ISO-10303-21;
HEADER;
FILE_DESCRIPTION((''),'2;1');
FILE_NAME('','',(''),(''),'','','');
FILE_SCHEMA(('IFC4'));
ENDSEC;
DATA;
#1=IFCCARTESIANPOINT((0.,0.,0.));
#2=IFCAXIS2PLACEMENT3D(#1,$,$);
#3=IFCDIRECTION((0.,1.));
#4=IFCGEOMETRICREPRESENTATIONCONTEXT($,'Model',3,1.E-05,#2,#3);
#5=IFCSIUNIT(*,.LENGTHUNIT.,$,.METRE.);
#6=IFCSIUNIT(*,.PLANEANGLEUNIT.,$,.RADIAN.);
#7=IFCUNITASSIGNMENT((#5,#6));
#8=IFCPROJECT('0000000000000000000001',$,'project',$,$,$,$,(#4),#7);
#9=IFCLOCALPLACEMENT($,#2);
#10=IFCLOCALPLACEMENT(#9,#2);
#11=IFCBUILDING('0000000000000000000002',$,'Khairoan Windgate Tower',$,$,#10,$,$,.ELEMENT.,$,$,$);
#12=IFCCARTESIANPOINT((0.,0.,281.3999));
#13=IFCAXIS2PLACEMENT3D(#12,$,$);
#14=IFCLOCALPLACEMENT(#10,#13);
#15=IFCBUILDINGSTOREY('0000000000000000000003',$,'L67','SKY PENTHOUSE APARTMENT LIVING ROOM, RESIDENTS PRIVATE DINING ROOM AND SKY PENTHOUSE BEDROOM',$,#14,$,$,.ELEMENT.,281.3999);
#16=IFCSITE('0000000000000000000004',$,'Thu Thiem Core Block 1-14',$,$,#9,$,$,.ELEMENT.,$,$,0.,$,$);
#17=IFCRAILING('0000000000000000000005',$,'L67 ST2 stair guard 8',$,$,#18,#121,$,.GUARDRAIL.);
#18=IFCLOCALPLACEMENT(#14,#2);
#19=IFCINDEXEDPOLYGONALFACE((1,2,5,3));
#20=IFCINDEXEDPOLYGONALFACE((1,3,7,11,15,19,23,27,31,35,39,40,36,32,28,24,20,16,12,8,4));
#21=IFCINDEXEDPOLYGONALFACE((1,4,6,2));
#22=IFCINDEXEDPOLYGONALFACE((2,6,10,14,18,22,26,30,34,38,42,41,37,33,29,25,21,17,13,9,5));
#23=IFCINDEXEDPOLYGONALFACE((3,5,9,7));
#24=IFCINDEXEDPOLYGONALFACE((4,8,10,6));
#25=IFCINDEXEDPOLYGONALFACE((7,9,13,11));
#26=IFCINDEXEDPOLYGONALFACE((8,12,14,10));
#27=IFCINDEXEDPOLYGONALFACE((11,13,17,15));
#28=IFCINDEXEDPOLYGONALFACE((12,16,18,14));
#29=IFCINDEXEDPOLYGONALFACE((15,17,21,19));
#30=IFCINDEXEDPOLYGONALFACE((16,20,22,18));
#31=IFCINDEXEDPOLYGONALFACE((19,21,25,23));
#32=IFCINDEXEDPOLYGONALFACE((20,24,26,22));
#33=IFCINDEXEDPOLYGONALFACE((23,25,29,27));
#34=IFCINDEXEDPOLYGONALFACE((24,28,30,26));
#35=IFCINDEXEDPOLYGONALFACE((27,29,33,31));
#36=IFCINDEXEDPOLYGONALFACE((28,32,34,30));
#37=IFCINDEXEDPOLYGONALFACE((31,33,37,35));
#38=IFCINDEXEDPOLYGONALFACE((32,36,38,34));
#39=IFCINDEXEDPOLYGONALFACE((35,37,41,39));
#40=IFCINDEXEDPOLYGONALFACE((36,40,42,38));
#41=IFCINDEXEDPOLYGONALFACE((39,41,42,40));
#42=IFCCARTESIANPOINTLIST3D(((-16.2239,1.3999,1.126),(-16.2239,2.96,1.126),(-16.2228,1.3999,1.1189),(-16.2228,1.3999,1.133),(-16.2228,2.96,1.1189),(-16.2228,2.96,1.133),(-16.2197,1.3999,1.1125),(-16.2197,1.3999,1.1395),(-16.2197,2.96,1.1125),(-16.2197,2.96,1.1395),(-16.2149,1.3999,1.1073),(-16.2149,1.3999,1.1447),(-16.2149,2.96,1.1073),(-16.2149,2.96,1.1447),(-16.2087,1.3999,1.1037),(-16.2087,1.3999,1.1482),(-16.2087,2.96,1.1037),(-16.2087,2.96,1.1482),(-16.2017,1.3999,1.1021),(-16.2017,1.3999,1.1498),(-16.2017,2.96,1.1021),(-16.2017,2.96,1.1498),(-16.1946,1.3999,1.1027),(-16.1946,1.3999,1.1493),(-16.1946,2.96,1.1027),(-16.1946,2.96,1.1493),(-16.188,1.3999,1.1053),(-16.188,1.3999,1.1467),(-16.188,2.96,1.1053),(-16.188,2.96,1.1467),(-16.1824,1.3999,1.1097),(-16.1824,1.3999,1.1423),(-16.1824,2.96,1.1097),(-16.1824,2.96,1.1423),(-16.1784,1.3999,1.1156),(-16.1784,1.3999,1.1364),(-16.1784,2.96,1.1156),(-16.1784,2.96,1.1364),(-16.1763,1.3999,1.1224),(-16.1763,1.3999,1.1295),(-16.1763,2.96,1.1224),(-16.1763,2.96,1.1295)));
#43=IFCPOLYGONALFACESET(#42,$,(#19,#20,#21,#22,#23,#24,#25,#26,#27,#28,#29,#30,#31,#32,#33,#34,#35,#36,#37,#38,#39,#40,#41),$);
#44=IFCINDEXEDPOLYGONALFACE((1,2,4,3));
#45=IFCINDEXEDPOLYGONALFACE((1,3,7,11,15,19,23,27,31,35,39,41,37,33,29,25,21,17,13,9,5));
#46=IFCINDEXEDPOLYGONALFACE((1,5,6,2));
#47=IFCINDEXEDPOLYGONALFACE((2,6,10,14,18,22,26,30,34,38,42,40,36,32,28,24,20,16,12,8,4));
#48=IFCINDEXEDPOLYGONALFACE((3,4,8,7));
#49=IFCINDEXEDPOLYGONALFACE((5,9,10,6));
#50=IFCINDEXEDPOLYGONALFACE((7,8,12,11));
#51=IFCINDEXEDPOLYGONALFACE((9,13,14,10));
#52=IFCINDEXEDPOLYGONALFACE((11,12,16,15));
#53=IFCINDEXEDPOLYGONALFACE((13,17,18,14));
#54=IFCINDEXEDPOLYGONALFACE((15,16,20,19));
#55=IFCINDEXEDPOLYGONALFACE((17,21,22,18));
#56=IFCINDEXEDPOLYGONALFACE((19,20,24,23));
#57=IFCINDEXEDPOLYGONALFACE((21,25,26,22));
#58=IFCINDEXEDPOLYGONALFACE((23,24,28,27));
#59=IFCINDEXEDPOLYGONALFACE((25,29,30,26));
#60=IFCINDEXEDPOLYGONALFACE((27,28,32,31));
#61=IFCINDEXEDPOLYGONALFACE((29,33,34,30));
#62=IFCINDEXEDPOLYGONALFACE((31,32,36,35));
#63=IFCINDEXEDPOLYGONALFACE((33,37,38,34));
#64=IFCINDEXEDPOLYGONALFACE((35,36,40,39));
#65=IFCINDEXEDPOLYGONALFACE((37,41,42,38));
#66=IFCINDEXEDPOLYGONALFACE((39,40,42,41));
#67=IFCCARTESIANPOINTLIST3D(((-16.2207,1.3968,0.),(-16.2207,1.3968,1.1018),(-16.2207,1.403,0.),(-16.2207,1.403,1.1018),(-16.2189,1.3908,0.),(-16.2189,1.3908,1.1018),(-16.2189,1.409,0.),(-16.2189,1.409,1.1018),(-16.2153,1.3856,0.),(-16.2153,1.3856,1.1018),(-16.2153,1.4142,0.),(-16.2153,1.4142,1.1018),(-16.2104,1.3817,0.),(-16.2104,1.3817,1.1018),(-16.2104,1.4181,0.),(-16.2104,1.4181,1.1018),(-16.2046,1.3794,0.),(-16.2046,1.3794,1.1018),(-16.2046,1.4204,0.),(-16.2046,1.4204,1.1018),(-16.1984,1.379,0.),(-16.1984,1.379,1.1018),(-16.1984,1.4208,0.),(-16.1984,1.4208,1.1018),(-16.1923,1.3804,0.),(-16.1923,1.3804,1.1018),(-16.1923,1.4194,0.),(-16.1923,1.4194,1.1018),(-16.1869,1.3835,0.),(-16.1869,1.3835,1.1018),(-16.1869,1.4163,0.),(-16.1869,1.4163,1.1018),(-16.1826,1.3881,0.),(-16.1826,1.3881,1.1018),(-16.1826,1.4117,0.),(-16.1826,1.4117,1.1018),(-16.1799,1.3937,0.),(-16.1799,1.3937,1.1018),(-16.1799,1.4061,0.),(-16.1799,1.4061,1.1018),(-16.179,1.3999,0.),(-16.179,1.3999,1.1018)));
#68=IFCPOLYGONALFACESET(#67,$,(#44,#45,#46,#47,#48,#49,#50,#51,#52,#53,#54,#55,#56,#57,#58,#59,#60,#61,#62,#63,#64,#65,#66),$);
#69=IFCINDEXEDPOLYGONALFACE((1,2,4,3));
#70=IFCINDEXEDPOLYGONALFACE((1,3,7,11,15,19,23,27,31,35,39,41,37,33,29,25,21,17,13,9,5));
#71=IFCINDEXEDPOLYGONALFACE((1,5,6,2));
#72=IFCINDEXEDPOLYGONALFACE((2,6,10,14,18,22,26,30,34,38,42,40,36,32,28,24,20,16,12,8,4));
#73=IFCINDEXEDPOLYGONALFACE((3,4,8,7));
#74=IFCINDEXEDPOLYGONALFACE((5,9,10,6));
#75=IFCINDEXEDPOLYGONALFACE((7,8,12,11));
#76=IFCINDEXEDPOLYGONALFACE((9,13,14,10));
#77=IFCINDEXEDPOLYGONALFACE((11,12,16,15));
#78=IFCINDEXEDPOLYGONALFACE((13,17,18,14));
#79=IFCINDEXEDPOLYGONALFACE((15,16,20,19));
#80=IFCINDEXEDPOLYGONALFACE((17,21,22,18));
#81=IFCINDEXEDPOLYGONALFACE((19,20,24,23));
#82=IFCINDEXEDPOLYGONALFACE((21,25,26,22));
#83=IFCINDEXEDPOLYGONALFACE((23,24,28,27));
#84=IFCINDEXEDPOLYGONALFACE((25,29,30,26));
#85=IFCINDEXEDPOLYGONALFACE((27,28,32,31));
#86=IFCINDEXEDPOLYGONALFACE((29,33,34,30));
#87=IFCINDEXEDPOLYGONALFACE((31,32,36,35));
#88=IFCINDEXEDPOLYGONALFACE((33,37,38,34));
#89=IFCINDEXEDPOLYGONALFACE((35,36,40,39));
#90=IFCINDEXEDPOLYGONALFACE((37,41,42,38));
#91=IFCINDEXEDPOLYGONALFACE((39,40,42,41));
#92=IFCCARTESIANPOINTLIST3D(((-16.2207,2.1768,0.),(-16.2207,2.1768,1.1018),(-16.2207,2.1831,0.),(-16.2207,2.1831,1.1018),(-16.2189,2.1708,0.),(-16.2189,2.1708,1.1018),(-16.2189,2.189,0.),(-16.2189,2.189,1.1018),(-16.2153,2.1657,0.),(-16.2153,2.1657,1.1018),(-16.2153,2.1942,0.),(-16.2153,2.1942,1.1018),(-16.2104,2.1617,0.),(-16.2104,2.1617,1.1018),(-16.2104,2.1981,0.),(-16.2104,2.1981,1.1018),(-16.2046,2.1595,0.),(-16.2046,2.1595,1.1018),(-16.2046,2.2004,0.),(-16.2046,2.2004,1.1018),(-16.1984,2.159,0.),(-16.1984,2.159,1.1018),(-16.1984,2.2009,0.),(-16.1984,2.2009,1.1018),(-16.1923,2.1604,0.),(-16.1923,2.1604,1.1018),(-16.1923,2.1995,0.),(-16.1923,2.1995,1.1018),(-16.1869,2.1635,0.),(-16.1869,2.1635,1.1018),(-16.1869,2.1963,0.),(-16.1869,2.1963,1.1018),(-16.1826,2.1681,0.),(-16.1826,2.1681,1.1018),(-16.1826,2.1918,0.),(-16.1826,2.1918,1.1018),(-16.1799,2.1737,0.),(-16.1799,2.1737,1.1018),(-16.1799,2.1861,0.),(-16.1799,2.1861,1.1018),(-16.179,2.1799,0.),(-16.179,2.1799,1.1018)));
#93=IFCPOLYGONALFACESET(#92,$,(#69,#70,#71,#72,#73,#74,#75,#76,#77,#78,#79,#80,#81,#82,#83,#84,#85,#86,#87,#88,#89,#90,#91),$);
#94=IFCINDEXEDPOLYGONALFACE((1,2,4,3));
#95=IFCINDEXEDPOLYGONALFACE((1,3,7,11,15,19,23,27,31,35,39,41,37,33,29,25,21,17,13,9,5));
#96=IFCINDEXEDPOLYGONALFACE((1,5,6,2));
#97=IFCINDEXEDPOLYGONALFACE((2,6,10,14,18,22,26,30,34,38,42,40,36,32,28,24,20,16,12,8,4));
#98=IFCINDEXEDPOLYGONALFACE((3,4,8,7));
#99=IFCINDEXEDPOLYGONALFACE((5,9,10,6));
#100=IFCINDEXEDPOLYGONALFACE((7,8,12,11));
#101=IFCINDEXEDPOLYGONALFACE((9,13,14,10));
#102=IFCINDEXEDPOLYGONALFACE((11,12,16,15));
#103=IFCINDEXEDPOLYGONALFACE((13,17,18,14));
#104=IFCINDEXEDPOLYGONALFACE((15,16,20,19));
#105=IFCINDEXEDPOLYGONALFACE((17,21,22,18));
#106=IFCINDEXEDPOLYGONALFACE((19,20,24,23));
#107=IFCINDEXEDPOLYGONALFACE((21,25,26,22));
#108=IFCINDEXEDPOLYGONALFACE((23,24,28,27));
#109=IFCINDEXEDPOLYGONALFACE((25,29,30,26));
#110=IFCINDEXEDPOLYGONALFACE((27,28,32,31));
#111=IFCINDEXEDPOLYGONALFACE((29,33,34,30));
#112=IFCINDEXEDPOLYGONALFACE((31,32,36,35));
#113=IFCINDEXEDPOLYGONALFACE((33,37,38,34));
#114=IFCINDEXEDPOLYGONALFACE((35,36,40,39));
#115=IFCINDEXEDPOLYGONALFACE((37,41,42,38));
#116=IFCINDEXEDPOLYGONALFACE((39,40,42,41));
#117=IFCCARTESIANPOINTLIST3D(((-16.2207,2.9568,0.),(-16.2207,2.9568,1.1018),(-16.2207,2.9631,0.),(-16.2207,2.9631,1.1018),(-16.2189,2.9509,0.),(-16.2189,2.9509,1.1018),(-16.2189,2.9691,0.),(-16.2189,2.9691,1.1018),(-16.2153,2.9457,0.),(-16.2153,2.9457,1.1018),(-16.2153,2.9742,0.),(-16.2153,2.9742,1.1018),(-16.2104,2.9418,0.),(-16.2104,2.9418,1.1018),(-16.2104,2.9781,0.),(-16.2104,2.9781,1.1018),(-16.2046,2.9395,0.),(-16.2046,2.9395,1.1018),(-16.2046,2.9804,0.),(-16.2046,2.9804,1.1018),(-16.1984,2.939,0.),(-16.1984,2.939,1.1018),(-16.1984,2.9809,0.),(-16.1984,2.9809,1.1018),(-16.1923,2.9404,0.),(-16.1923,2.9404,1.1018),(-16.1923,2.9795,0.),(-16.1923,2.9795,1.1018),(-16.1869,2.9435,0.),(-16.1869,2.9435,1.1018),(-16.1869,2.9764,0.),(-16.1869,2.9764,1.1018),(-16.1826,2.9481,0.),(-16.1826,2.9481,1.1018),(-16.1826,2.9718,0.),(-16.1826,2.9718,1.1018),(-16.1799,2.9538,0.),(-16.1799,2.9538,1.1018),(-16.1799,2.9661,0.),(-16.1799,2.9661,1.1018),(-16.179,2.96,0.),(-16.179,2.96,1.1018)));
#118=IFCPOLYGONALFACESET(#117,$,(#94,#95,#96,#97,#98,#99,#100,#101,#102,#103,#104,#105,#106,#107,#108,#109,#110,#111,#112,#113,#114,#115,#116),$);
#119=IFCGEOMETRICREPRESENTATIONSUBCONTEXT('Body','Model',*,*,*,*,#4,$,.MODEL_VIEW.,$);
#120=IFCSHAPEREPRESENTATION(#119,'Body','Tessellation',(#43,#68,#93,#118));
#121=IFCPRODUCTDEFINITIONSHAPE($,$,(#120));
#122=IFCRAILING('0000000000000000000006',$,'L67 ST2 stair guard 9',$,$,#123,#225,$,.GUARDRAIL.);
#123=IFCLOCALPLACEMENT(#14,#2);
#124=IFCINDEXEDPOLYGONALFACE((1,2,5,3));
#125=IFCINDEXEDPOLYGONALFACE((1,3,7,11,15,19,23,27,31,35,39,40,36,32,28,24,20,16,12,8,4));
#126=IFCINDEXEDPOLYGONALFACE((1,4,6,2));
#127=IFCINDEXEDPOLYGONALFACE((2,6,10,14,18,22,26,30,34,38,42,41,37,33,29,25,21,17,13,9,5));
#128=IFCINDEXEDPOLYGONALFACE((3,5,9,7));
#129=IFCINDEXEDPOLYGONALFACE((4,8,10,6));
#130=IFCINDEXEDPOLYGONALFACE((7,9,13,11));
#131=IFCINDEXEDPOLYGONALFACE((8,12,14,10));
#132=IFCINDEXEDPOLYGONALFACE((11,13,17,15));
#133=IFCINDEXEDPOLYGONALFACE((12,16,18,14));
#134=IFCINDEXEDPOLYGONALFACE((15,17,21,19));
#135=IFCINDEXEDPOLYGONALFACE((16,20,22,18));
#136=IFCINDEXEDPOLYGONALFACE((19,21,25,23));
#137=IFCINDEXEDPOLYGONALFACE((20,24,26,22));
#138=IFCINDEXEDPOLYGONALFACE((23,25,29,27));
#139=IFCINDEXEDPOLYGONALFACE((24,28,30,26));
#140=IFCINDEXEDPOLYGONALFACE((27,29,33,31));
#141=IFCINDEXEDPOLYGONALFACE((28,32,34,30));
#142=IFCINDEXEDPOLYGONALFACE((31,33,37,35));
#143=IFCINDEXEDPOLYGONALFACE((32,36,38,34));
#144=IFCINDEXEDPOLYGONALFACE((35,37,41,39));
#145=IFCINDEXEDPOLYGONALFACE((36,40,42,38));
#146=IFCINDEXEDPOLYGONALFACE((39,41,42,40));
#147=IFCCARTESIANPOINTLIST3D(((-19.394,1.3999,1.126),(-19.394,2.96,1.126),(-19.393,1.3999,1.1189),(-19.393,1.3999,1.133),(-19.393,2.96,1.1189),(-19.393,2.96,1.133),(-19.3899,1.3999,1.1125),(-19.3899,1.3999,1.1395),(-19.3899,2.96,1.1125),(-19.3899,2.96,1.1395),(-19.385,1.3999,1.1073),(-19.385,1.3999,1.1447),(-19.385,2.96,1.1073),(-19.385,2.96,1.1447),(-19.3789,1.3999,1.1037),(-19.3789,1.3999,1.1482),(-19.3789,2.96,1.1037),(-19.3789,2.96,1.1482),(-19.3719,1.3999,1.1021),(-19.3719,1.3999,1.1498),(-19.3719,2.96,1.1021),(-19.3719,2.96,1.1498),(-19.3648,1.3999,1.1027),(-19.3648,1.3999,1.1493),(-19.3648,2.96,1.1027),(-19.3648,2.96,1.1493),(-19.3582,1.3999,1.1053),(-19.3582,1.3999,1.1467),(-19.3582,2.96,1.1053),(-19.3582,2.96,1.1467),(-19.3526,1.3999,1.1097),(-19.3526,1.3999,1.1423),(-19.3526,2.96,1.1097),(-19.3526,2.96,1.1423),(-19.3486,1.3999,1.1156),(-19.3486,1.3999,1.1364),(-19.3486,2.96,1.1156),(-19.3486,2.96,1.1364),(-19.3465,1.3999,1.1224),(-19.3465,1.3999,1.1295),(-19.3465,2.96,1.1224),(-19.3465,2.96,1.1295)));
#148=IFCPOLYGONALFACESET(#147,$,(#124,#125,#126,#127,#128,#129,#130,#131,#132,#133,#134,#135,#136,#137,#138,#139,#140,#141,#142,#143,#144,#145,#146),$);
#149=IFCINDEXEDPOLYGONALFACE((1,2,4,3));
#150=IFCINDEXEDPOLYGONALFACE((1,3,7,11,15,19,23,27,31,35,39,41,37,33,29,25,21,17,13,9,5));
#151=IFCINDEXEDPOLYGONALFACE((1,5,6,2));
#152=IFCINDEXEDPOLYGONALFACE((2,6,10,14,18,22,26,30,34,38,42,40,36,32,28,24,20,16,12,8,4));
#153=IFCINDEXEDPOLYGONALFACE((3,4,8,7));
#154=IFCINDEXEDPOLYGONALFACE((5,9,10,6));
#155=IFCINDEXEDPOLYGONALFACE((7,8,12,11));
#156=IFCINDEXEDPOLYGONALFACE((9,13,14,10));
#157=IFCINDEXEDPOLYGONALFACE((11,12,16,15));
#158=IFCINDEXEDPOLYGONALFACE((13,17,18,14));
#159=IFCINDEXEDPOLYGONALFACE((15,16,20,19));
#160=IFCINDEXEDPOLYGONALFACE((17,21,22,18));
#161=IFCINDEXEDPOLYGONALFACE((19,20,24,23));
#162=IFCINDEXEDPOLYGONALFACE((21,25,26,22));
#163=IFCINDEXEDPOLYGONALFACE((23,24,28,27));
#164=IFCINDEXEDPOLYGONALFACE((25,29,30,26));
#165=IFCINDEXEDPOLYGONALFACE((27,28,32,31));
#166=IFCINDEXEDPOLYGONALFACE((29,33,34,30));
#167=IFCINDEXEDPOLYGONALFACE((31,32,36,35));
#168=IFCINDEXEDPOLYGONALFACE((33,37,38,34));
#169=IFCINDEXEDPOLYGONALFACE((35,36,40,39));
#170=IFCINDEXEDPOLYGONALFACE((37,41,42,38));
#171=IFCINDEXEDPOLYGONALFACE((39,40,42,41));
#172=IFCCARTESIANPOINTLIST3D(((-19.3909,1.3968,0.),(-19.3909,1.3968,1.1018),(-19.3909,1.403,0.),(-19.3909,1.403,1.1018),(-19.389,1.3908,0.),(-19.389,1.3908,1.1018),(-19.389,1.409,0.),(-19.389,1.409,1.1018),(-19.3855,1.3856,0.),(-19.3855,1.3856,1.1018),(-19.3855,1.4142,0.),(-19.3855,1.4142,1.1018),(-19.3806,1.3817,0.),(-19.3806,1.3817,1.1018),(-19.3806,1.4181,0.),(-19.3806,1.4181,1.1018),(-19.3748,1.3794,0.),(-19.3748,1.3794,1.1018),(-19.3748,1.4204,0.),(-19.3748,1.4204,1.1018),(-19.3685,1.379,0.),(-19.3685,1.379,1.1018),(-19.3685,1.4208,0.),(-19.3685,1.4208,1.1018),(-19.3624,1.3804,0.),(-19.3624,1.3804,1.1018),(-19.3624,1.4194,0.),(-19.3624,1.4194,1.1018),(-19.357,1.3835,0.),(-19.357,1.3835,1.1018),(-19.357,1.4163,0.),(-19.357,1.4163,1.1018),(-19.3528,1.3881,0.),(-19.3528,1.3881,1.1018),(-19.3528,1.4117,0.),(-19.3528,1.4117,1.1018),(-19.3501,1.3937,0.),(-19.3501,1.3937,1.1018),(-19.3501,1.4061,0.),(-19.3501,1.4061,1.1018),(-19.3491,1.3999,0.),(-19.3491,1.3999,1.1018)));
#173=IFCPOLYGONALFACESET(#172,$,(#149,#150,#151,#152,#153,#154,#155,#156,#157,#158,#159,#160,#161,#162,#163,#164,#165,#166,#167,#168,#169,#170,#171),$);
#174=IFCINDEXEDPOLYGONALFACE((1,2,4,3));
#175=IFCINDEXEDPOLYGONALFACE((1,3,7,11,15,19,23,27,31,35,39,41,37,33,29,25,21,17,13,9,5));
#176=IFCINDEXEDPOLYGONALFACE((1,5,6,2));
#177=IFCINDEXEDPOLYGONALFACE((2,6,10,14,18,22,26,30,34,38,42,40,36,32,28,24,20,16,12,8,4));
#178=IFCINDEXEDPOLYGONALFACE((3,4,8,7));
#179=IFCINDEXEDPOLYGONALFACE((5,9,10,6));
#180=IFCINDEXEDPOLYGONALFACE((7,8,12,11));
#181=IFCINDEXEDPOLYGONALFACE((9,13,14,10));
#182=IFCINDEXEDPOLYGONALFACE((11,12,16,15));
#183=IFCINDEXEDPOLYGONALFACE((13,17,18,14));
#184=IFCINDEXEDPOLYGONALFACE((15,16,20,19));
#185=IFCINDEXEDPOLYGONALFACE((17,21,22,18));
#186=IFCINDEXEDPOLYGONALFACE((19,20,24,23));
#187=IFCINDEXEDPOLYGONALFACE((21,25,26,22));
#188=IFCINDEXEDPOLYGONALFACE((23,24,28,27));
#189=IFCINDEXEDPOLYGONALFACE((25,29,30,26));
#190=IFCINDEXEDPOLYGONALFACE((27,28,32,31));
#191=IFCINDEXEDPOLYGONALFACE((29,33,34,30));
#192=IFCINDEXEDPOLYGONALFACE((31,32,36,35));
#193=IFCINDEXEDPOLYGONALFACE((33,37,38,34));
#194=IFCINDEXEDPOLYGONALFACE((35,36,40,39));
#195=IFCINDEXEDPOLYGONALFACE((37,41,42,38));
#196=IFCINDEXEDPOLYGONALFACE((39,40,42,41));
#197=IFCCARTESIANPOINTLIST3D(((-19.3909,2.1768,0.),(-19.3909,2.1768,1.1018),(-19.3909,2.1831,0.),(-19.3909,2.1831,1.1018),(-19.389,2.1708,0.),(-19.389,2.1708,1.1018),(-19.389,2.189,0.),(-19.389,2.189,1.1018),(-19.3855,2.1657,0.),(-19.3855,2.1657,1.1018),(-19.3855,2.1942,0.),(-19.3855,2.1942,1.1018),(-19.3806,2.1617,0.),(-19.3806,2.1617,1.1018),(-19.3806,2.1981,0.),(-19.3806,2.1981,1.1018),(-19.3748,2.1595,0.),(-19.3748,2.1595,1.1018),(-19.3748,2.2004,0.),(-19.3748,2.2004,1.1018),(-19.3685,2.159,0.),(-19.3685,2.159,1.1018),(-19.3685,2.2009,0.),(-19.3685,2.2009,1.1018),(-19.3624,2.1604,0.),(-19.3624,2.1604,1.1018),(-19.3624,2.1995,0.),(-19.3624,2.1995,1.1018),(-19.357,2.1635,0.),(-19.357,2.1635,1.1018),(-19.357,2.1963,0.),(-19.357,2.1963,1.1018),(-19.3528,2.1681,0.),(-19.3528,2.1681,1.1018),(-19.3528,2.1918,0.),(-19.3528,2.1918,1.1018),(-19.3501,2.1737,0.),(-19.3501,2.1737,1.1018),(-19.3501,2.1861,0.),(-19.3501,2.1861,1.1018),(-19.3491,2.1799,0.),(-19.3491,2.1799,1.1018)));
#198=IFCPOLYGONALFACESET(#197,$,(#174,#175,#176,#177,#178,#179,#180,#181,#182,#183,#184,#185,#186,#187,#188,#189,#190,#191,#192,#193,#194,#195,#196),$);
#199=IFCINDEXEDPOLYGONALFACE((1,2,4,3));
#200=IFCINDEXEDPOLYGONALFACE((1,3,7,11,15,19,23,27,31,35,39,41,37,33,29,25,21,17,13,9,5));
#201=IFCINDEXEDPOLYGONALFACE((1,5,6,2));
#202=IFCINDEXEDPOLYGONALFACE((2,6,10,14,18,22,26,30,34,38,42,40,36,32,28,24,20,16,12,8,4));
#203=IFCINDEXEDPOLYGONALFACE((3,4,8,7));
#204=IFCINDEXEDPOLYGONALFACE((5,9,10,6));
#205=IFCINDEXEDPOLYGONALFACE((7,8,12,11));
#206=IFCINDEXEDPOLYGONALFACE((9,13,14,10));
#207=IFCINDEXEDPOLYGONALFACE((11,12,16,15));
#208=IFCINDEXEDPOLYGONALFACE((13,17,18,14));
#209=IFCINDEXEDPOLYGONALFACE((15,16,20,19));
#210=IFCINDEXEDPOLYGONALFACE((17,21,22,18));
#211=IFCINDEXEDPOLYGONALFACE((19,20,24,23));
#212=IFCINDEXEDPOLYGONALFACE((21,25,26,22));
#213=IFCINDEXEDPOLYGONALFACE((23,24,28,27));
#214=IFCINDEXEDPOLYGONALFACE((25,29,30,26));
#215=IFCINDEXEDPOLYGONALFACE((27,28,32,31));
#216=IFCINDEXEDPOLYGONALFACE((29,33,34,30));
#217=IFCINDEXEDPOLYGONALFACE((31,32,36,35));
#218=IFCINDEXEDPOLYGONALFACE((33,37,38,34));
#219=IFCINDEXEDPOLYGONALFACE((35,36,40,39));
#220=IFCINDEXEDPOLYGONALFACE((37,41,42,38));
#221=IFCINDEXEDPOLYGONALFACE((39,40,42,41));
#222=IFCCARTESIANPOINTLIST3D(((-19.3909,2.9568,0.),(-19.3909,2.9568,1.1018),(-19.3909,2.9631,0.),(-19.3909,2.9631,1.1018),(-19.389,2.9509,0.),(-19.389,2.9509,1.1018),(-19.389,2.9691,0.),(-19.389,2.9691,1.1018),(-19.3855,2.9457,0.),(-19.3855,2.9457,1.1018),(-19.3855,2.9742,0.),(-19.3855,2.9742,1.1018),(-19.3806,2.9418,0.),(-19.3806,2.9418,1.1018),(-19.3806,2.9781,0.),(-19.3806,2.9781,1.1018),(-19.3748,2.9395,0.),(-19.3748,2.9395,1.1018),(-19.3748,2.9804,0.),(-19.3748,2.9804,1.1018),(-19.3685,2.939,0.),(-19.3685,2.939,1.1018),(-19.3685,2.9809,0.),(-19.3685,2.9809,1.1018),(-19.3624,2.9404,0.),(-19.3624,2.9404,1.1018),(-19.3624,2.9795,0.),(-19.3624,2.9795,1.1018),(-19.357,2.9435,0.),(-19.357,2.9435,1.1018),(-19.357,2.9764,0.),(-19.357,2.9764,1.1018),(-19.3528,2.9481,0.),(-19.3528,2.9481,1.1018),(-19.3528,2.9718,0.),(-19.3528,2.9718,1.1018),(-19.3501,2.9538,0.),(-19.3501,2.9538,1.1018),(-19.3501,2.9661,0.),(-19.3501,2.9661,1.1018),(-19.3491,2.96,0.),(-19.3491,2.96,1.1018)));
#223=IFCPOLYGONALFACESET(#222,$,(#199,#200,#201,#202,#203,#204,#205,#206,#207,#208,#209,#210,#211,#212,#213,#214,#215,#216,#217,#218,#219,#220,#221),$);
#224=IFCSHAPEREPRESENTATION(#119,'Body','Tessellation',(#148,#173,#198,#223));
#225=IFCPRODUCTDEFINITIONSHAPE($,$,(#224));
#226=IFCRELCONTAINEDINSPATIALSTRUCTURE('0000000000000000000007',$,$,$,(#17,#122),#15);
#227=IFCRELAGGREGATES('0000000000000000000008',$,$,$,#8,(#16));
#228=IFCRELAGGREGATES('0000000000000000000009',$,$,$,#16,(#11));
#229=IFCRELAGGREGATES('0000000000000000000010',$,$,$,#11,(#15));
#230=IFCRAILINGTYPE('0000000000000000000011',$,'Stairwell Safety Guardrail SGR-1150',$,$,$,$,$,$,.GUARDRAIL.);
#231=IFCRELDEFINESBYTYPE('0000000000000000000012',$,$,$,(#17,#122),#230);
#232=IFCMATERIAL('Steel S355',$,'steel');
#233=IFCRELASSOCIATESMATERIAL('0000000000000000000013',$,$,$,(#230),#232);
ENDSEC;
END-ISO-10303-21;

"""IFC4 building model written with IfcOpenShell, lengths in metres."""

from ifc_helpers import new_model, si_unit, direction, frame, origin, origin_2d, place, context, subcontext, project, spatial, circle, extrude, material, type_object, element, save


model = new_model("IFC4")

# Units and contexts
model_context = context("Model", 3, precision=1e-05, world=origin(), true_north=direction((0.0, 1.0)))
body_context = subcontext(model_context, "Body", "Model", "MODEL_VIEW")
ifc_project = project(units=[si_unit("LENGTHUNIT", "METRE"), si_unit("PLANEANGLEUNIT", "RADIAN")], contexts=[model_context])

# Site, building, storey
site_placement = place(None, origin())
site = spatial("IfcSite", under=ifc_project, at=site_placement, Name="Thu Thiem Core Block 1-14", CompositionType="ELEMENT", RefElevation=0.0)
building_placement = place(site_placement, origin())
building = spatial("IfcBuilding", under=site, at=building_placement, Name="Khairoan Windgate Tower", CompositionType="ELEMENT")
storey_placement = place(building_placement, frame((0.0, 0.0, 281.3999)))
storey = spatial("IfcBuildingStorey", under=building, at=storey_placement, Name="L67", Description="SKY PENTHOUSE APARTMENT LIVING ROOM, RESIDENTS PRIVATE DINING ROOM AND SKY PENTHOUSE BEDROOM", CompositionType="ELEMENT", Elevation=281.3999)

# Railings
ifc_material_1 = material(Name="Steel S355", Category="steel")
railing_type = type_object("IfcRailingType", Name="Stairwell Safety Guardrail SGR-1150", PredefinedType="GUARDRAIL", material=ifc_material_1)
for number, where, name in (
    (1, (-16.2, 1.3999, 0.0), "L67 ST2 stair guard 8"),
    (2, (-19.3701, 1.3999, 0.0), "L67 ST2 stair guard 9"),
):
    element("IfcRailing", number, at=place(storey_placement, frame(where)), inside=storey, type_object=railing_type, Name=name, PredefinedType="GUARDRAIL", context=body_context, shape_type="SweptSolid", body=[
        extrude(circle(Radius=0.0239, at=origin_2d()), frame((0.0, 0.0, 1.126), z_axis=(0.0, 1.0, 0.0), x_axis=(-1.0, 0.0, 0.0)), (0.0, 0.0, 1.0), 1.5601),
        extrude(circle(Radius=0.021, at=origin_2d()), origin(), (0.0, 0.0, 1.0), 1.1018),
        extrude(circle(Radius=0.021, at=origin_2d()), frame((0.0, 0.78, 0.0)), (0.0, 0.0, 1.0), 1.1018),
        extrude(circle(Radius=0.021, at=origin_2d()), frame((0.0, 1.5601, 0.0)), (0.0, 0.0, 1.0), 1.1018),
    ])

save(model, "model.ifc")
